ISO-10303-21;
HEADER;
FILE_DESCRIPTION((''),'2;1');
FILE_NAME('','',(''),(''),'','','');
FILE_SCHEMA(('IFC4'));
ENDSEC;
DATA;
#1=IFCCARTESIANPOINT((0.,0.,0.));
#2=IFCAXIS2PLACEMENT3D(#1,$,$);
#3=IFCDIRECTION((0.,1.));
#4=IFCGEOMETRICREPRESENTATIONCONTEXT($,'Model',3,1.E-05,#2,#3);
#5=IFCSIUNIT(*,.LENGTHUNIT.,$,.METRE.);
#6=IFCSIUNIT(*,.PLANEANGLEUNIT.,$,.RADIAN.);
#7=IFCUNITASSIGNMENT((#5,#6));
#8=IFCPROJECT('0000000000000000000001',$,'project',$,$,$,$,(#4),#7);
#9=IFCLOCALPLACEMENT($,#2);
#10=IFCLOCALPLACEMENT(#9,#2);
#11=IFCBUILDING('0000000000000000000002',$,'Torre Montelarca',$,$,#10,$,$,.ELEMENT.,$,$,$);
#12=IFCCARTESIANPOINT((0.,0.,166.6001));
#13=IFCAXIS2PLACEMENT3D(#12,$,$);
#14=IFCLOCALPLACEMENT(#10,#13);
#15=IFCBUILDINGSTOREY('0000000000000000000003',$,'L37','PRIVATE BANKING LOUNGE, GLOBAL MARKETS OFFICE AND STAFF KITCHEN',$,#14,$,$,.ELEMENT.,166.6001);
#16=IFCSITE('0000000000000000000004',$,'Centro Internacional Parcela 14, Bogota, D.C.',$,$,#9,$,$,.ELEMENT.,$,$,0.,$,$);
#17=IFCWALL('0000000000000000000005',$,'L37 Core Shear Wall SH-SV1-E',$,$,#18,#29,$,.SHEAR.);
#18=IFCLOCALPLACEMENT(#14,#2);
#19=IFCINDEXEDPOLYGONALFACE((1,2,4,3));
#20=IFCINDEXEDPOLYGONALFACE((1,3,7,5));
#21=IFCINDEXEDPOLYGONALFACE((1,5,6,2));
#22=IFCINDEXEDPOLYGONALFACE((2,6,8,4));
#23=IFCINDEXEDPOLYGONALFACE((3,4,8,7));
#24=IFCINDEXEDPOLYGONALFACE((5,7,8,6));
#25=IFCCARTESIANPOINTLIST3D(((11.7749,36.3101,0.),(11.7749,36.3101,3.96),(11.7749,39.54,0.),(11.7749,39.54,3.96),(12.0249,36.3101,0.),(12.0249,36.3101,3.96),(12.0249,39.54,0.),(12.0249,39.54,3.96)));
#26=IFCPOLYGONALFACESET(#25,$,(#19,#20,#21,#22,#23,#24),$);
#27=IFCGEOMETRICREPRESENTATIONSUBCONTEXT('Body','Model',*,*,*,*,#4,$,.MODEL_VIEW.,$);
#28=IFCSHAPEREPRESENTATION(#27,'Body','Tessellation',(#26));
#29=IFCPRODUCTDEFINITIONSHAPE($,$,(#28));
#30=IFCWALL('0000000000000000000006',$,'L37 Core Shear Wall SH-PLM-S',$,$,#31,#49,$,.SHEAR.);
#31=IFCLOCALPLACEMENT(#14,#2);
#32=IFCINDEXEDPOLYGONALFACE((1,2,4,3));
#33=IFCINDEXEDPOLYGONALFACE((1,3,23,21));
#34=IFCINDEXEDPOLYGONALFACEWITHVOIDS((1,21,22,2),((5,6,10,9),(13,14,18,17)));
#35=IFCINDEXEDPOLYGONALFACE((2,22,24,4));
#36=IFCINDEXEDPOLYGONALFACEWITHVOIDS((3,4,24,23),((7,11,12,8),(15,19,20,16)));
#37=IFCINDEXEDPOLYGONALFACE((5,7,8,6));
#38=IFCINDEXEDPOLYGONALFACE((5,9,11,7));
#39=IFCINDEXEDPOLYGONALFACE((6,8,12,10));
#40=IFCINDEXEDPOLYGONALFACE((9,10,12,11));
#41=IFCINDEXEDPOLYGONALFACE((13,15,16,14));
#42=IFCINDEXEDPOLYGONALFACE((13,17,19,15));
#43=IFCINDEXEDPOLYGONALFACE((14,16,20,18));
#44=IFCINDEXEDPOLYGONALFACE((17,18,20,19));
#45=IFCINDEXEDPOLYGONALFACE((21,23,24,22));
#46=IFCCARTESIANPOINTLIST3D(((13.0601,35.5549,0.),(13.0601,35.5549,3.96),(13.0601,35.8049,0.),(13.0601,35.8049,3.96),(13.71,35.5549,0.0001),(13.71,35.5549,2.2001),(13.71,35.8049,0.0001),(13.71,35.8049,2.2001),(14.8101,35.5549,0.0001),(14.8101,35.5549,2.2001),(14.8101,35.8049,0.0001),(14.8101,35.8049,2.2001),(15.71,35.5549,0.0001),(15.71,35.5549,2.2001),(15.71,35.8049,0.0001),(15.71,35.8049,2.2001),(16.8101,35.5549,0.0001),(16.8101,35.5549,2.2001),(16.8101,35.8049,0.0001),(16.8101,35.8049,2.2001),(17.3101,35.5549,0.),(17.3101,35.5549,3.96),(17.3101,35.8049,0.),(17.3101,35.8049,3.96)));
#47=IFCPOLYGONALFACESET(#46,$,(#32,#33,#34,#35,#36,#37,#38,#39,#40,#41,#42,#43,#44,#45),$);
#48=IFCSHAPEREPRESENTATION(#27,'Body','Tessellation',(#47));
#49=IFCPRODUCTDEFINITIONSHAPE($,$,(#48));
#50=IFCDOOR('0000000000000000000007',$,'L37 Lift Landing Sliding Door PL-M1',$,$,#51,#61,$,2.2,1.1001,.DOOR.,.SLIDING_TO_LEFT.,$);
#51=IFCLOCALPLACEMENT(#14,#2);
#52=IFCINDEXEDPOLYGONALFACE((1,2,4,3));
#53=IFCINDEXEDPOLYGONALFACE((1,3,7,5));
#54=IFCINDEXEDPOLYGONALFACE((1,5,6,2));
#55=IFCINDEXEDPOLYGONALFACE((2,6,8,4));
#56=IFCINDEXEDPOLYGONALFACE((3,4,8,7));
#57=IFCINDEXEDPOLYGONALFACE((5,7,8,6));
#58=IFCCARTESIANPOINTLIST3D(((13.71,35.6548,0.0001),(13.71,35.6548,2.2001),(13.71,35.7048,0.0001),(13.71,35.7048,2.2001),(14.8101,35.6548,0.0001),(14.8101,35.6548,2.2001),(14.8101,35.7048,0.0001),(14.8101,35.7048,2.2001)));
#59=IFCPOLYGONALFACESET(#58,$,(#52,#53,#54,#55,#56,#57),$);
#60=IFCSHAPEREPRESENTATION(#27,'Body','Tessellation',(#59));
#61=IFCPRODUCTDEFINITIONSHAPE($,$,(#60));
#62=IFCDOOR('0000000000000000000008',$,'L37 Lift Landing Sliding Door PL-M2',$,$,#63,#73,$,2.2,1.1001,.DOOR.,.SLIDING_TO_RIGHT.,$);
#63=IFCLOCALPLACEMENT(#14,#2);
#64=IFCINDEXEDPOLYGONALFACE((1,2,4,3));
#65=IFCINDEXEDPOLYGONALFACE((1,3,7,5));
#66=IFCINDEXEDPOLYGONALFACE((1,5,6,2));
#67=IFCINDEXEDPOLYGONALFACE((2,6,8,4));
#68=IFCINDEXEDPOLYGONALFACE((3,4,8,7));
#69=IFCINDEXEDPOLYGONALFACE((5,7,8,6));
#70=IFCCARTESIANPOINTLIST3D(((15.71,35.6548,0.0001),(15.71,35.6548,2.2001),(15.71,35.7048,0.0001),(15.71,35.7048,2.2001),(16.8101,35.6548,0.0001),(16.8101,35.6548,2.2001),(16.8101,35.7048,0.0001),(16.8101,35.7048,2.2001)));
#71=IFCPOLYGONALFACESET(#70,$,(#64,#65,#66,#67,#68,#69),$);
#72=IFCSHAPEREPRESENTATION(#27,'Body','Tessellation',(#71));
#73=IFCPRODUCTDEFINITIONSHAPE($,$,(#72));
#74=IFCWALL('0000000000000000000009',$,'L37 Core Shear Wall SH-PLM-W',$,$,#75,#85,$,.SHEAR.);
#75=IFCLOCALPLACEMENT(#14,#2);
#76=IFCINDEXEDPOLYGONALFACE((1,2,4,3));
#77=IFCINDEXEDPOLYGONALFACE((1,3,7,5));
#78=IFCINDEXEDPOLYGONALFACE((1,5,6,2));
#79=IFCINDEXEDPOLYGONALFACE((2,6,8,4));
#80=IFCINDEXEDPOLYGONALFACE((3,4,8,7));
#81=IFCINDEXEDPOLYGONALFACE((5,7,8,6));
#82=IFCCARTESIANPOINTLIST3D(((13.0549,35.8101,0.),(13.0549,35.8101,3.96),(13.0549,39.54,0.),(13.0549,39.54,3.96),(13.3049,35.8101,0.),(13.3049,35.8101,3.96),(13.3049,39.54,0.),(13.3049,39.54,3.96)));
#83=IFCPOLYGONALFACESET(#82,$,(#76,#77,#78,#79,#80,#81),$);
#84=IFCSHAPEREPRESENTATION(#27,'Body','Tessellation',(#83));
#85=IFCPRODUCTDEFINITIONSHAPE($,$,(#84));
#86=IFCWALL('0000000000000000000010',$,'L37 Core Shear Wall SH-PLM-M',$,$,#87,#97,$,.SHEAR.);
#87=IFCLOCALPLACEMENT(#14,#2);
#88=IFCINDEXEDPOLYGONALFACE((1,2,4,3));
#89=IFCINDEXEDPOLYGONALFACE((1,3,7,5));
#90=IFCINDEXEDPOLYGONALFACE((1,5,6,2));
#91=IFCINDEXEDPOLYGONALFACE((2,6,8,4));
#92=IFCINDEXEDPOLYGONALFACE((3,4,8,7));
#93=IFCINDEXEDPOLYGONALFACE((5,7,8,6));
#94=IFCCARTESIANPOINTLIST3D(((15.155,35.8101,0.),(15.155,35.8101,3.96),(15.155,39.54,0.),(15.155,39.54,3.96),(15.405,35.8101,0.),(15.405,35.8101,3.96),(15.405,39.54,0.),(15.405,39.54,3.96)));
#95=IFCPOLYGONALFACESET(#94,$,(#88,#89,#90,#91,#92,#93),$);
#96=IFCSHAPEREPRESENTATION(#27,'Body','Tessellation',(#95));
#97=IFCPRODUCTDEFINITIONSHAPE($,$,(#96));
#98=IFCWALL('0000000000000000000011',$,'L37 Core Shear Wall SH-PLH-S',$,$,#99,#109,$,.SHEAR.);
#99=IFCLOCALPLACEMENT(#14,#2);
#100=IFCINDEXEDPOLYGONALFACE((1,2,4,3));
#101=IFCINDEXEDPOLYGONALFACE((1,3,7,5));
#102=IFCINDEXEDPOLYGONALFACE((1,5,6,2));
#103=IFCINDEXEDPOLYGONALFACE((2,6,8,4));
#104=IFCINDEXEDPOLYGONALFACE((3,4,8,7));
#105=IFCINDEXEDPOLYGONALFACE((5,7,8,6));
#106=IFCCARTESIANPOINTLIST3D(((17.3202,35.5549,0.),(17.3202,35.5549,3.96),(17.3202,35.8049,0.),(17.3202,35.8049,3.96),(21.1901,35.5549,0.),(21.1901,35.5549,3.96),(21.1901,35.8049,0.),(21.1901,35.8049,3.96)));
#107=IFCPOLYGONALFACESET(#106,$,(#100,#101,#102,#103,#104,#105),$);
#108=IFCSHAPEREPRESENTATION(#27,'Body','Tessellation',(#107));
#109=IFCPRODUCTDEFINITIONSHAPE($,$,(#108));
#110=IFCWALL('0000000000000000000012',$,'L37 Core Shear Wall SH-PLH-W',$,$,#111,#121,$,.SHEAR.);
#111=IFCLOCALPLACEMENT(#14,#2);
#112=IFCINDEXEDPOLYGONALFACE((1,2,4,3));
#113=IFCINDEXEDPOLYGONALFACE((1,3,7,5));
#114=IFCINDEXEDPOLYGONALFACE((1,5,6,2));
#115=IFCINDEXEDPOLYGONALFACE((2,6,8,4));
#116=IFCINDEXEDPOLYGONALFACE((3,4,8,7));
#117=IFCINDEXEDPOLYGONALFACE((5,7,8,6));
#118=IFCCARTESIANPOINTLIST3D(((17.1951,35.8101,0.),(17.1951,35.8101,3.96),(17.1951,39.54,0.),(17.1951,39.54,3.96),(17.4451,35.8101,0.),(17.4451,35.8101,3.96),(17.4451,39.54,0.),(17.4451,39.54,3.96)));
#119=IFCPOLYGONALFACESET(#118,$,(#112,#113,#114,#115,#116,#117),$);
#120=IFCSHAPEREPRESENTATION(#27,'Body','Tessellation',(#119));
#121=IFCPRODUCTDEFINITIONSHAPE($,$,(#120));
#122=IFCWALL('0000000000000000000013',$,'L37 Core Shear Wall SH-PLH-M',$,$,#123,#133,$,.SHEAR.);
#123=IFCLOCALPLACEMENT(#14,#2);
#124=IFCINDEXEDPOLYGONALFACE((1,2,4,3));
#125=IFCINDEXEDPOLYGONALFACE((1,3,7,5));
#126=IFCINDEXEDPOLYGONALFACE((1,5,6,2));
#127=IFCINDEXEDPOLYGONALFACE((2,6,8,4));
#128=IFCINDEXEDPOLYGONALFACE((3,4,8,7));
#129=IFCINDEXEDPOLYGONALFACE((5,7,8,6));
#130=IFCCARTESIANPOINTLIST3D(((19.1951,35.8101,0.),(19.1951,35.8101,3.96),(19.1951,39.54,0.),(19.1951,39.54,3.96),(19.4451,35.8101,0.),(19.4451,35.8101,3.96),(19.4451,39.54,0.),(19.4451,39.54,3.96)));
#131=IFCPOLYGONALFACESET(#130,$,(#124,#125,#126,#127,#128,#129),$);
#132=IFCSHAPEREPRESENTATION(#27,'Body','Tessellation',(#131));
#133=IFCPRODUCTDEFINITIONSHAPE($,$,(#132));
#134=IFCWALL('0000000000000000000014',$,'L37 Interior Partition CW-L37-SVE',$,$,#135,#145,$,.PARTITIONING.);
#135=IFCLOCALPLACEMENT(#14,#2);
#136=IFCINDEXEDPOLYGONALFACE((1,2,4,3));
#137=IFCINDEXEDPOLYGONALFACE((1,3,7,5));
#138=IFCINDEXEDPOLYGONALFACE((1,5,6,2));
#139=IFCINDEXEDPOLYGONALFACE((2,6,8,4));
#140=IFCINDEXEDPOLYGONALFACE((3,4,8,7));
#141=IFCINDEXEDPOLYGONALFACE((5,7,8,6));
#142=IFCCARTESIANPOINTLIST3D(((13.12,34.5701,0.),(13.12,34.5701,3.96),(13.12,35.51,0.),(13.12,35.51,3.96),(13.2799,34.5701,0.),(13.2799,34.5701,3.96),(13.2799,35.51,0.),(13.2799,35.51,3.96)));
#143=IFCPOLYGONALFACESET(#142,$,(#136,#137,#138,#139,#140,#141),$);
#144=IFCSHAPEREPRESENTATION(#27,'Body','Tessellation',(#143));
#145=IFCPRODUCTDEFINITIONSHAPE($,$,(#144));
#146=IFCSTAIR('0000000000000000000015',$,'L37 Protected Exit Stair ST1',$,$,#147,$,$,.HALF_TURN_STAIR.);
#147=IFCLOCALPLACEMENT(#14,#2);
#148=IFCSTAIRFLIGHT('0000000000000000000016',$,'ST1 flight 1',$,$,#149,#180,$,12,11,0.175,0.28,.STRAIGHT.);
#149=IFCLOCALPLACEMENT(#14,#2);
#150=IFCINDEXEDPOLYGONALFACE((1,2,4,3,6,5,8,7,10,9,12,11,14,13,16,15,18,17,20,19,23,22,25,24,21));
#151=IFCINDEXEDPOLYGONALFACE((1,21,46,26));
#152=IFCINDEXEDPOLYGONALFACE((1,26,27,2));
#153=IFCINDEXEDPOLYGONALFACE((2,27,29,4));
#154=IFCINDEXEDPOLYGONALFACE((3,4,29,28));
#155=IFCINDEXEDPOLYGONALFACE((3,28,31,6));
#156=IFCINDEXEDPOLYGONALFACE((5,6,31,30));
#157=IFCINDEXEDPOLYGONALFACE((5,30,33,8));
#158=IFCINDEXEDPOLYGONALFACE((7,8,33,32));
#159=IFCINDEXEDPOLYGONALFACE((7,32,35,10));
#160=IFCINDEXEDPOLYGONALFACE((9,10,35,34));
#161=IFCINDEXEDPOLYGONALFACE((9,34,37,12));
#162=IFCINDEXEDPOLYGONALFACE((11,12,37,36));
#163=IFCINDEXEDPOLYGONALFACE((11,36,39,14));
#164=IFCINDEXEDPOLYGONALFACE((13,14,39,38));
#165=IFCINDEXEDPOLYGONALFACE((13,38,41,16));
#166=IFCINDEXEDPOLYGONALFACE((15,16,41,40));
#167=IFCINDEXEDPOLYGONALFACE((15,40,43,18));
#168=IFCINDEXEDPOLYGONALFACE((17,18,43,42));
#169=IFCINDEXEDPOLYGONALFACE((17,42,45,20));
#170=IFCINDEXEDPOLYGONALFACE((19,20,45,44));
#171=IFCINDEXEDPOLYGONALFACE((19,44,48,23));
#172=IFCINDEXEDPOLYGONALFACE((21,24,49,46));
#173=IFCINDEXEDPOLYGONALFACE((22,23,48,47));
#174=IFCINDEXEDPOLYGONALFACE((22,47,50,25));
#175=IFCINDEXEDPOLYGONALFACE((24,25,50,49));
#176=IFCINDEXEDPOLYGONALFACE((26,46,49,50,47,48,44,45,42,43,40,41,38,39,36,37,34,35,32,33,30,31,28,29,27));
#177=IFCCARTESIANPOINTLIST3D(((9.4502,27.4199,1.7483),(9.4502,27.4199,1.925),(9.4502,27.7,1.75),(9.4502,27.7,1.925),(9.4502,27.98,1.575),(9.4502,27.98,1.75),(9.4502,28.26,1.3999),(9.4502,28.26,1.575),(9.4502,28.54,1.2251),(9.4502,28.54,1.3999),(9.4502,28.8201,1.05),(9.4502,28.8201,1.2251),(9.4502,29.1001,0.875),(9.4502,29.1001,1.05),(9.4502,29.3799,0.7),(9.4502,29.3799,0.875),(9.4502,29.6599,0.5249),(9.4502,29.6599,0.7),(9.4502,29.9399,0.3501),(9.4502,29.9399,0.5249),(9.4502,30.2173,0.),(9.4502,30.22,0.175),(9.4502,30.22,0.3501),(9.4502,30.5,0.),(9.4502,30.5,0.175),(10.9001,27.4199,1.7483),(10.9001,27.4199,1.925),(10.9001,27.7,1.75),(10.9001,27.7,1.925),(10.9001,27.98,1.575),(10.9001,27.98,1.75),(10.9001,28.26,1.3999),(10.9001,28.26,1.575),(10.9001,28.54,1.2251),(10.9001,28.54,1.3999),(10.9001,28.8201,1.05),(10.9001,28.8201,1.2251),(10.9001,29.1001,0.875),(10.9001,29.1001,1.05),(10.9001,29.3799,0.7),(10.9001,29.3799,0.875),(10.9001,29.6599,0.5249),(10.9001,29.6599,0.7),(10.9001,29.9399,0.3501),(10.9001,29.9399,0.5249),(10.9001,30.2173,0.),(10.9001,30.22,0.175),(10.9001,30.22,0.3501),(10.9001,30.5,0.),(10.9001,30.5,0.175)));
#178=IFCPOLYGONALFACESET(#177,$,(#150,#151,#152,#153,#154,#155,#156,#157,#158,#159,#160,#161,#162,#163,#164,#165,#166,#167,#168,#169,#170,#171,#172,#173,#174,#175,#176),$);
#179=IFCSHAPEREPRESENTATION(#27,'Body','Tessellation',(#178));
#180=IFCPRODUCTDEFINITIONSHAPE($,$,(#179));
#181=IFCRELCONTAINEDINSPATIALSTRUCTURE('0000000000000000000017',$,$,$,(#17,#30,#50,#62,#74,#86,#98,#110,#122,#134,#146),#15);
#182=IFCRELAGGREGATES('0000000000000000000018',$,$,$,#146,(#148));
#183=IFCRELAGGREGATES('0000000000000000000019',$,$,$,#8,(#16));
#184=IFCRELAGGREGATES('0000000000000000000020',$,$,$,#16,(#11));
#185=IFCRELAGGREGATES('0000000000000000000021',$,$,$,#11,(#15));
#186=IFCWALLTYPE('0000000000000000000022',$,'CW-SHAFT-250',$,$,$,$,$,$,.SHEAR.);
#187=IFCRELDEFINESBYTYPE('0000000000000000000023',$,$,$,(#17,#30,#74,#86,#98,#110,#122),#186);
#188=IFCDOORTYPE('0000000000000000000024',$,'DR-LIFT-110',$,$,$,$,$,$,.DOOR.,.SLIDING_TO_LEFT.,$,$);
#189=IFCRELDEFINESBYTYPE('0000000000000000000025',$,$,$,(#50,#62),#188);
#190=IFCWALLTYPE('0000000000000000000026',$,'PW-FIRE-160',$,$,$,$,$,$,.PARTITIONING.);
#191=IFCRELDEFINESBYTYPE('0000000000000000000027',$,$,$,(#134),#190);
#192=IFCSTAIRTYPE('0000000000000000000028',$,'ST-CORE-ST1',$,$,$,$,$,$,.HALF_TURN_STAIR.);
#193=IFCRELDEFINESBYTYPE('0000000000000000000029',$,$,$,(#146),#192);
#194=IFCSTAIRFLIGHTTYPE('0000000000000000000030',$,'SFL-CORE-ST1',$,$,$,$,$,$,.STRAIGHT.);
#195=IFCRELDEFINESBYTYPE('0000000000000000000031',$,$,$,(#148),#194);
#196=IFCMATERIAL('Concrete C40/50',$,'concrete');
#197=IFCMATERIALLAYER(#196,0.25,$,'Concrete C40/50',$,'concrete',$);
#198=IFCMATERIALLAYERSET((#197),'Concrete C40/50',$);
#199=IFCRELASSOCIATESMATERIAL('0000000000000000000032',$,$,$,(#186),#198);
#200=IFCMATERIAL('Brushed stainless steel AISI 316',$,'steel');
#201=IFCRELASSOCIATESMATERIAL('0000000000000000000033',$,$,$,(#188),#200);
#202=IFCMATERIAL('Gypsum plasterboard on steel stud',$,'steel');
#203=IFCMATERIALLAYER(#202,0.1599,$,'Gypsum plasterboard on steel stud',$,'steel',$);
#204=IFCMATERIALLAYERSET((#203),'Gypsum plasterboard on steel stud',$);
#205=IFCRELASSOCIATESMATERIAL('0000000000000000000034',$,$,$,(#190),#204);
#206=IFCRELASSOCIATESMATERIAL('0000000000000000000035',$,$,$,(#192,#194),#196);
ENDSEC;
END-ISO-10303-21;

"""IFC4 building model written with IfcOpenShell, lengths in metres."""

from ifc_helpers import new_model, si_unit, direction, frame, frame_2d, origin, place, context, subcontext, project, spatial, polyline, rectangle, outline, extrude, source, transform, mapped, material, layer, layer_set, type_object, element, fill, aggregate, save


model = new_model("IFC4")

# Units and contexts
model_context = context("Model", 3, precision=1e-05, world=origin(), true_north=direction((0.0, 1.0)))
body_context = subcontext(model_context, "Body", "Model", "MODEL_VIEW")
ifc_project = project(units=[si_unit("LENGTHUNIT", "METRE"), si_unit("PLANEANGLEUNIT", "RADIAN")], contexts=[model_context])

# Site, building, storey
site_placement = place(None, origin())
site = spatial("IfcSite", under=ifc_project, at=site_placement, Name="Centro Internacional Parcela 14, Bogota, D.C.", CompositionType="ELEMENT", RefElevation=0.0)
building_placement = place(site_placement, origin())
building = spatial("IfcBuilding", under=site, at=building_placement, Name="Torre Montelarca", CompositionType="ELEMENT")
storey_placement = place(building_placement, frame((0.0, 0.0, 166.6001)))
storey = spatial("IfcBuildingStorey", under=building, at=storey_placement, Name="L37", Description="PRIVATE BANKING LOUNGE, GLOBAL MARKETS OFFICE AND STAFF KITCHEN", CompositionType="ELEMENT", Elevation=166.6001)

# Shared definitions
ifc_material_1 = material(Name="Concrete C40/50", Category="concrete")
ifc_layer_1 = layer(ifc_material_1, 0.25, Name="Concrete C40/50", Category="concrete")
ifc_layer_set_1 = layer_set([ifc_layer_1], Name="Concrete C40/50")
wall_type_1 = type_object("IfcWallType", Name="CW-SHAFT-250", PredefinedType="SHEAR", material=ifc_layer_set_1)

# Shared definitions
ifc_material_2 = material(Name="Brushed stainless steel AISI 316", Category="steel")

# Wall
wall_1_placement = place(storey_placement, frame((11.8999, 36.3101, 0.0), z_axis=(0.0, 0.0, 1.0), x_axis=(0.0, 1.0, 0.0)))
element("IfcWall", 1, at=wall_1_placement, inside=storey, type_object=wall_type_1, Name="L37 Core Shear Wall SH-SV1-E", PredefinedType="SHEAR", context=body_context, shape_type="SweptSolid", body=[
    extrude(rectangle(XDim=3.23, YDim=0.25, at=frame_2d((1.615, 0.0))), origin(), (0.0, 0.0, 1.0), 3.96),
])

# Wall, openings, doors
wall_2_placement = place(storey_placement, frame((13.0601, 35.6799, 0.0), z_axis=(0.0, 0.0, 1.0), x_axis=(1.0, 0.0, 0.0)))
wall_2 = element("IfcWall", 2, at=wall_2_placement, inside=storey, type_object=wall_type_1, Name="L37 Core Shear Wall SH-PLM-S", PredefinedType="SHEAR", context=body_context, shape_type="SweptSolid", body=[
    extrude(rectangle(XDim=4.25, YDim=0.25, at=frame_2d((2.125, 0.0))), origin(), (0.0, 0.0, 1.0), 3.96),
])
opening_1_placement = place(wall_2_placement, frame((0.6499, 0.0, 0.0)))
opening_1 = element("IfcOpeningElement", 3, at=opening_1_placement, cuts=wall_2, PredefinedType="OPENING", context=body_context, shape_type="SweptSolid", body=[
    extrude(rectangle(XDim=1.1001, YDim=2.2, at=frame_2d((0.55, 1.1001))), frame((0.0, 0.135, 0.0), z_axis=(0.0, -1.0, 0.0), x_axis=(1.0, 0.0, 0.0)), (0.0, 0.0, 1.0), 0.27),
])
opening_2_placement = place(wall_2_placement, frame((2.6499, 0.0, 0.0)))
opening_2 = element("IfcOpeningElement", 4, at=opening_2_placement, cuts=wall_2, PredefinedType="OPENING", context=body_context, shape_type="SweptSolid", body=[
    extrude(rectangle(XDim=1.1001, YDim=2.2, at=frame_2d((0.55, 1.1001))), frame((0.0, 0.135, 0.0), z_axis=(0.0, -1.0, 0.0), x_axis=(1.0, 0.0, 0.0)), (0.0, 0.0, 1.0), 0.27),
])
door_type_1 = type_object("IfcDoorType", Name="DR-LIFT-110", OperationType="SLIDING_TO_LEFT", PredefinedType="DOOR", material=ifc_material_2)
shared_shape_1 = source(origin(), body_context, "Body", "SweptSolid", [
    extrude(rectangle(XDim=1.1001, YDim=2.2, at=frame_2d((0.55, 1.1001))), frame((0.0, 0.0249, 0.0), z_axis=(0.0, -1.0, 0.0), x_axis=(1.0, 0.0, 0.0)), (0.0, 0.0, 1.0), 0.05),
])
door_1_placement = place(opening_1_placement, origin())
door_1 = element("IfcDoor", 5, at=door_1_placement, inside=storey, type_object=door_type_1, Name="L37 Lift Landing Sliding Door PL-M1", OperationType="SLIDING_TO_LEFT", OverallHeight=2.2, OverallWidth=1.1001, PredefinedType="DOOR", context=body_context, shape_type="MappedRepresentation", body=[
    mapped(shared_shape_1, transform((0.0, 0.0, 0.0), scale=1.0)),
])
fill(opening_1, door_1)
door_2_placement = place(opening_2_placement, origin())
door_2 = element("IfcDoor", 6, at=door_2_placement, inside=storey, type_object=door_type_1, Name="L37 Lift Landing Sliding Door PL-M2", OperationType="SLIDING_TO_RIGHT", OverallHeight=2.2, OverallWidth=1.1001, PredefinedType="DOOR", context=body_context, shape_type="MappedRepresentation", body=[
    mapped(shared_shape_1, transform((0.0, 0.0, 0.0), scale=1.0)),
])
fill(opening_2, door_2)

# Walls
for number, where, z_axis, x_axis, name in (
    (7, (13.1799, 35.8101, 0.0), (0.0, 0.0, 1.0), (0.0, 1.0, 0.0), "L37 Core Shear Wall SH-PLM-W"),
    (8, (15.28, 35.8101, 0.0), (0.0, 0.0, 1.0), (0.0, 1.0, 0.0), "L37 Core Shear Wall SH-PLM-M"),
):
    element("IfcWall", number, at=place(storey_placement, frame(where, z_axis=z_axis, x_axis=x_axis)), inside=storey, type_object=wall_type_1, Name=name, PredefinedType="SHEAR", context=body_context, shape_type="SweptSolid", body=[
        extrude(rectangle(XDim=3.73, YDim=0.25, at=frame_2d((1.865, 0.0))), origin(), (0.0, 0.0, 1.0), 3.96),
    ])
wall_3_placement = place(storey_placement, frame((17.3201, 35.6799, 0.0), z_axis=(0.0, 0.0, 1.0), x_axis=(1.0, 0.0, 0.0)))
element("IfcWall", 9, at=wall_3_placement, inside=storey, type_object=wall_type_1, Name="L37 Core Shear Wall SH-PLH-S", PredefinedType="SHEAR", context=body_context, shape_type="SweptSolid", body=[
    extrude(rectangle(XDim=3.8699, YDim=0.25, at=frame_2d((1.9351, 0.0))), origin(), (0.0, 0.0, 1.0), 3.96),
])
for number, where, z_axis, x_axis, name in (
    (10, (17.3201, 35.8101, 0.0), (0.0, 0.0, 1.0), (0.0, 1.0, 0.0), "L37 Core Shear Wall SH-PLH-W"),
    (11, (19.3201, 35.8101, 0.0), (0.0, 0.0, 1.0), (0.0, 1.0, 0.0), "L37 Core Shear Wall SH-PLH-M"),
):
    element("IfcWall", number, at=place(storey_placement, frame(where, z_axis=z_axis, x_axis=x_axis)), inside=storey, type_object=wall_type_1, Name=name, PredefinedType="SHEAR", context=body_context, shape_type="SweptSolid", body=[
        extrude(rectangle(XDim=3.73, YDim=0.25, at=frame_2d((1.865, 0.0))), origin(), (0.0, 0.0, 1.0), 3.96),
    ])

# Shared definitions
ifc_material_3 = material(Name="Gypsum plasterboard on steel stud", Category="steel")
ifc_layer_2 = layer(ifc_material_3, 0.1599, Name="Gypsum plasterboard on steel stud", Category="steel")
ifc_layer_set_2 = layer_set([ifc_layer_2], Name="Gypsum plasterboard on steel stud")
wall_type_2 = type_object("IfcWallType", Name="PW-FIRE-160", PredefinedType="PARTITIONING", material=ifc_layer_set_2)

# Wall
wall_4_placement = place(storey_placement, frame((13.2, 34.5701, 0.0), z_axis=(0.0, 0.0, 1.0), x_axis=(0.0, 1.0, 0.0)))
element("IfcWall", 12, at=wall_4_placement, inside=storey, type_object=wall_type_2, Name="L37 Interior Partition CW-L37-SVE", PredefinedType="PARTITIONING", context=body_context, shape_type="SweptSolid", body=[
    extrude(rectangle(XDim=0.9399, YDim=0.1599, at=frame_2d((0.47, 0.0))), origin(), (0.0, 0.0, 1.0), 3.96),
])

# Stair, stair flight
stair_type = type_object("IfcStairType", Name="ST-CORE-ST1", PredefinedType="HALF_TURN_STAIR", material=ifc_material_1)
stair_placement = place(storey_placement, origin())
stair = element("IfcStair", 13, at=stair_placement, inside=storey, type_object=stair_type, Name="L37 Protected Exit Stair ST1", PredefinedType="HALF_TURN_STAIR")
stair_flight_type = type_object("IfcStairFlightType", Name="SFL-CORE-ST1", PredefinedType="STRAIGHT", material=ifc_material_1)
stair_flight_placement = place(storey_placement, frame((10.175, 30.5, 0.0), z_axis=(0.0, 0.0, 1.0), x_axis=(0.0, -1.0, 0.0)))
stair_flight = element("IfcStairFlight", 14, at=stair_flight_placement, type_object=stair_flight_type, Name="ST1 flight 1", NumberOfRisers=12, NumberOfTreads=11, PredefinedType="STRAIGHT", RiserHeight=0.175, TreadLength=0.28, context=body_context, shape_type="SweptSolid", body=[
    extrude(outline(polyline([(0.0, 0.0), (0.0, 0.175), (0.28, 0.175), (0.28, 0.3501), (0.5601, 0.3501), (0.5601, 0.5249), (0.8401, 0.5249), (0.8401, 0.7), (1.1201, 0.7), (1.1201, 0.875), (1.3999, 0.875), (1.3999, 1.05), (1.6799, 1.05), (1.6799, 1.2251), (1.96, 1.2251), (1.96, 1.3999), (2.24, 1.3999), (2.24, 1.575), (2.52, 1.575), (2.52, 1.75), (2.8, 1.75), (2.8, 1.925), (3.0801, 1.925), (3.0801, 2.1001), (3.0801, 1.7483), (0.2827, 0.0), (0.0, 0.0)])), frame((0.0, 0.7251, 0.0), z_axis=(0.0, -1.0, 0.0), x_axis=(1.0, 0.0, 0.0)), (0.0, 0.0, 1.0), 1.45),
])
aggregate(stair, [stair_flight])

save(model, "model.ifc")
